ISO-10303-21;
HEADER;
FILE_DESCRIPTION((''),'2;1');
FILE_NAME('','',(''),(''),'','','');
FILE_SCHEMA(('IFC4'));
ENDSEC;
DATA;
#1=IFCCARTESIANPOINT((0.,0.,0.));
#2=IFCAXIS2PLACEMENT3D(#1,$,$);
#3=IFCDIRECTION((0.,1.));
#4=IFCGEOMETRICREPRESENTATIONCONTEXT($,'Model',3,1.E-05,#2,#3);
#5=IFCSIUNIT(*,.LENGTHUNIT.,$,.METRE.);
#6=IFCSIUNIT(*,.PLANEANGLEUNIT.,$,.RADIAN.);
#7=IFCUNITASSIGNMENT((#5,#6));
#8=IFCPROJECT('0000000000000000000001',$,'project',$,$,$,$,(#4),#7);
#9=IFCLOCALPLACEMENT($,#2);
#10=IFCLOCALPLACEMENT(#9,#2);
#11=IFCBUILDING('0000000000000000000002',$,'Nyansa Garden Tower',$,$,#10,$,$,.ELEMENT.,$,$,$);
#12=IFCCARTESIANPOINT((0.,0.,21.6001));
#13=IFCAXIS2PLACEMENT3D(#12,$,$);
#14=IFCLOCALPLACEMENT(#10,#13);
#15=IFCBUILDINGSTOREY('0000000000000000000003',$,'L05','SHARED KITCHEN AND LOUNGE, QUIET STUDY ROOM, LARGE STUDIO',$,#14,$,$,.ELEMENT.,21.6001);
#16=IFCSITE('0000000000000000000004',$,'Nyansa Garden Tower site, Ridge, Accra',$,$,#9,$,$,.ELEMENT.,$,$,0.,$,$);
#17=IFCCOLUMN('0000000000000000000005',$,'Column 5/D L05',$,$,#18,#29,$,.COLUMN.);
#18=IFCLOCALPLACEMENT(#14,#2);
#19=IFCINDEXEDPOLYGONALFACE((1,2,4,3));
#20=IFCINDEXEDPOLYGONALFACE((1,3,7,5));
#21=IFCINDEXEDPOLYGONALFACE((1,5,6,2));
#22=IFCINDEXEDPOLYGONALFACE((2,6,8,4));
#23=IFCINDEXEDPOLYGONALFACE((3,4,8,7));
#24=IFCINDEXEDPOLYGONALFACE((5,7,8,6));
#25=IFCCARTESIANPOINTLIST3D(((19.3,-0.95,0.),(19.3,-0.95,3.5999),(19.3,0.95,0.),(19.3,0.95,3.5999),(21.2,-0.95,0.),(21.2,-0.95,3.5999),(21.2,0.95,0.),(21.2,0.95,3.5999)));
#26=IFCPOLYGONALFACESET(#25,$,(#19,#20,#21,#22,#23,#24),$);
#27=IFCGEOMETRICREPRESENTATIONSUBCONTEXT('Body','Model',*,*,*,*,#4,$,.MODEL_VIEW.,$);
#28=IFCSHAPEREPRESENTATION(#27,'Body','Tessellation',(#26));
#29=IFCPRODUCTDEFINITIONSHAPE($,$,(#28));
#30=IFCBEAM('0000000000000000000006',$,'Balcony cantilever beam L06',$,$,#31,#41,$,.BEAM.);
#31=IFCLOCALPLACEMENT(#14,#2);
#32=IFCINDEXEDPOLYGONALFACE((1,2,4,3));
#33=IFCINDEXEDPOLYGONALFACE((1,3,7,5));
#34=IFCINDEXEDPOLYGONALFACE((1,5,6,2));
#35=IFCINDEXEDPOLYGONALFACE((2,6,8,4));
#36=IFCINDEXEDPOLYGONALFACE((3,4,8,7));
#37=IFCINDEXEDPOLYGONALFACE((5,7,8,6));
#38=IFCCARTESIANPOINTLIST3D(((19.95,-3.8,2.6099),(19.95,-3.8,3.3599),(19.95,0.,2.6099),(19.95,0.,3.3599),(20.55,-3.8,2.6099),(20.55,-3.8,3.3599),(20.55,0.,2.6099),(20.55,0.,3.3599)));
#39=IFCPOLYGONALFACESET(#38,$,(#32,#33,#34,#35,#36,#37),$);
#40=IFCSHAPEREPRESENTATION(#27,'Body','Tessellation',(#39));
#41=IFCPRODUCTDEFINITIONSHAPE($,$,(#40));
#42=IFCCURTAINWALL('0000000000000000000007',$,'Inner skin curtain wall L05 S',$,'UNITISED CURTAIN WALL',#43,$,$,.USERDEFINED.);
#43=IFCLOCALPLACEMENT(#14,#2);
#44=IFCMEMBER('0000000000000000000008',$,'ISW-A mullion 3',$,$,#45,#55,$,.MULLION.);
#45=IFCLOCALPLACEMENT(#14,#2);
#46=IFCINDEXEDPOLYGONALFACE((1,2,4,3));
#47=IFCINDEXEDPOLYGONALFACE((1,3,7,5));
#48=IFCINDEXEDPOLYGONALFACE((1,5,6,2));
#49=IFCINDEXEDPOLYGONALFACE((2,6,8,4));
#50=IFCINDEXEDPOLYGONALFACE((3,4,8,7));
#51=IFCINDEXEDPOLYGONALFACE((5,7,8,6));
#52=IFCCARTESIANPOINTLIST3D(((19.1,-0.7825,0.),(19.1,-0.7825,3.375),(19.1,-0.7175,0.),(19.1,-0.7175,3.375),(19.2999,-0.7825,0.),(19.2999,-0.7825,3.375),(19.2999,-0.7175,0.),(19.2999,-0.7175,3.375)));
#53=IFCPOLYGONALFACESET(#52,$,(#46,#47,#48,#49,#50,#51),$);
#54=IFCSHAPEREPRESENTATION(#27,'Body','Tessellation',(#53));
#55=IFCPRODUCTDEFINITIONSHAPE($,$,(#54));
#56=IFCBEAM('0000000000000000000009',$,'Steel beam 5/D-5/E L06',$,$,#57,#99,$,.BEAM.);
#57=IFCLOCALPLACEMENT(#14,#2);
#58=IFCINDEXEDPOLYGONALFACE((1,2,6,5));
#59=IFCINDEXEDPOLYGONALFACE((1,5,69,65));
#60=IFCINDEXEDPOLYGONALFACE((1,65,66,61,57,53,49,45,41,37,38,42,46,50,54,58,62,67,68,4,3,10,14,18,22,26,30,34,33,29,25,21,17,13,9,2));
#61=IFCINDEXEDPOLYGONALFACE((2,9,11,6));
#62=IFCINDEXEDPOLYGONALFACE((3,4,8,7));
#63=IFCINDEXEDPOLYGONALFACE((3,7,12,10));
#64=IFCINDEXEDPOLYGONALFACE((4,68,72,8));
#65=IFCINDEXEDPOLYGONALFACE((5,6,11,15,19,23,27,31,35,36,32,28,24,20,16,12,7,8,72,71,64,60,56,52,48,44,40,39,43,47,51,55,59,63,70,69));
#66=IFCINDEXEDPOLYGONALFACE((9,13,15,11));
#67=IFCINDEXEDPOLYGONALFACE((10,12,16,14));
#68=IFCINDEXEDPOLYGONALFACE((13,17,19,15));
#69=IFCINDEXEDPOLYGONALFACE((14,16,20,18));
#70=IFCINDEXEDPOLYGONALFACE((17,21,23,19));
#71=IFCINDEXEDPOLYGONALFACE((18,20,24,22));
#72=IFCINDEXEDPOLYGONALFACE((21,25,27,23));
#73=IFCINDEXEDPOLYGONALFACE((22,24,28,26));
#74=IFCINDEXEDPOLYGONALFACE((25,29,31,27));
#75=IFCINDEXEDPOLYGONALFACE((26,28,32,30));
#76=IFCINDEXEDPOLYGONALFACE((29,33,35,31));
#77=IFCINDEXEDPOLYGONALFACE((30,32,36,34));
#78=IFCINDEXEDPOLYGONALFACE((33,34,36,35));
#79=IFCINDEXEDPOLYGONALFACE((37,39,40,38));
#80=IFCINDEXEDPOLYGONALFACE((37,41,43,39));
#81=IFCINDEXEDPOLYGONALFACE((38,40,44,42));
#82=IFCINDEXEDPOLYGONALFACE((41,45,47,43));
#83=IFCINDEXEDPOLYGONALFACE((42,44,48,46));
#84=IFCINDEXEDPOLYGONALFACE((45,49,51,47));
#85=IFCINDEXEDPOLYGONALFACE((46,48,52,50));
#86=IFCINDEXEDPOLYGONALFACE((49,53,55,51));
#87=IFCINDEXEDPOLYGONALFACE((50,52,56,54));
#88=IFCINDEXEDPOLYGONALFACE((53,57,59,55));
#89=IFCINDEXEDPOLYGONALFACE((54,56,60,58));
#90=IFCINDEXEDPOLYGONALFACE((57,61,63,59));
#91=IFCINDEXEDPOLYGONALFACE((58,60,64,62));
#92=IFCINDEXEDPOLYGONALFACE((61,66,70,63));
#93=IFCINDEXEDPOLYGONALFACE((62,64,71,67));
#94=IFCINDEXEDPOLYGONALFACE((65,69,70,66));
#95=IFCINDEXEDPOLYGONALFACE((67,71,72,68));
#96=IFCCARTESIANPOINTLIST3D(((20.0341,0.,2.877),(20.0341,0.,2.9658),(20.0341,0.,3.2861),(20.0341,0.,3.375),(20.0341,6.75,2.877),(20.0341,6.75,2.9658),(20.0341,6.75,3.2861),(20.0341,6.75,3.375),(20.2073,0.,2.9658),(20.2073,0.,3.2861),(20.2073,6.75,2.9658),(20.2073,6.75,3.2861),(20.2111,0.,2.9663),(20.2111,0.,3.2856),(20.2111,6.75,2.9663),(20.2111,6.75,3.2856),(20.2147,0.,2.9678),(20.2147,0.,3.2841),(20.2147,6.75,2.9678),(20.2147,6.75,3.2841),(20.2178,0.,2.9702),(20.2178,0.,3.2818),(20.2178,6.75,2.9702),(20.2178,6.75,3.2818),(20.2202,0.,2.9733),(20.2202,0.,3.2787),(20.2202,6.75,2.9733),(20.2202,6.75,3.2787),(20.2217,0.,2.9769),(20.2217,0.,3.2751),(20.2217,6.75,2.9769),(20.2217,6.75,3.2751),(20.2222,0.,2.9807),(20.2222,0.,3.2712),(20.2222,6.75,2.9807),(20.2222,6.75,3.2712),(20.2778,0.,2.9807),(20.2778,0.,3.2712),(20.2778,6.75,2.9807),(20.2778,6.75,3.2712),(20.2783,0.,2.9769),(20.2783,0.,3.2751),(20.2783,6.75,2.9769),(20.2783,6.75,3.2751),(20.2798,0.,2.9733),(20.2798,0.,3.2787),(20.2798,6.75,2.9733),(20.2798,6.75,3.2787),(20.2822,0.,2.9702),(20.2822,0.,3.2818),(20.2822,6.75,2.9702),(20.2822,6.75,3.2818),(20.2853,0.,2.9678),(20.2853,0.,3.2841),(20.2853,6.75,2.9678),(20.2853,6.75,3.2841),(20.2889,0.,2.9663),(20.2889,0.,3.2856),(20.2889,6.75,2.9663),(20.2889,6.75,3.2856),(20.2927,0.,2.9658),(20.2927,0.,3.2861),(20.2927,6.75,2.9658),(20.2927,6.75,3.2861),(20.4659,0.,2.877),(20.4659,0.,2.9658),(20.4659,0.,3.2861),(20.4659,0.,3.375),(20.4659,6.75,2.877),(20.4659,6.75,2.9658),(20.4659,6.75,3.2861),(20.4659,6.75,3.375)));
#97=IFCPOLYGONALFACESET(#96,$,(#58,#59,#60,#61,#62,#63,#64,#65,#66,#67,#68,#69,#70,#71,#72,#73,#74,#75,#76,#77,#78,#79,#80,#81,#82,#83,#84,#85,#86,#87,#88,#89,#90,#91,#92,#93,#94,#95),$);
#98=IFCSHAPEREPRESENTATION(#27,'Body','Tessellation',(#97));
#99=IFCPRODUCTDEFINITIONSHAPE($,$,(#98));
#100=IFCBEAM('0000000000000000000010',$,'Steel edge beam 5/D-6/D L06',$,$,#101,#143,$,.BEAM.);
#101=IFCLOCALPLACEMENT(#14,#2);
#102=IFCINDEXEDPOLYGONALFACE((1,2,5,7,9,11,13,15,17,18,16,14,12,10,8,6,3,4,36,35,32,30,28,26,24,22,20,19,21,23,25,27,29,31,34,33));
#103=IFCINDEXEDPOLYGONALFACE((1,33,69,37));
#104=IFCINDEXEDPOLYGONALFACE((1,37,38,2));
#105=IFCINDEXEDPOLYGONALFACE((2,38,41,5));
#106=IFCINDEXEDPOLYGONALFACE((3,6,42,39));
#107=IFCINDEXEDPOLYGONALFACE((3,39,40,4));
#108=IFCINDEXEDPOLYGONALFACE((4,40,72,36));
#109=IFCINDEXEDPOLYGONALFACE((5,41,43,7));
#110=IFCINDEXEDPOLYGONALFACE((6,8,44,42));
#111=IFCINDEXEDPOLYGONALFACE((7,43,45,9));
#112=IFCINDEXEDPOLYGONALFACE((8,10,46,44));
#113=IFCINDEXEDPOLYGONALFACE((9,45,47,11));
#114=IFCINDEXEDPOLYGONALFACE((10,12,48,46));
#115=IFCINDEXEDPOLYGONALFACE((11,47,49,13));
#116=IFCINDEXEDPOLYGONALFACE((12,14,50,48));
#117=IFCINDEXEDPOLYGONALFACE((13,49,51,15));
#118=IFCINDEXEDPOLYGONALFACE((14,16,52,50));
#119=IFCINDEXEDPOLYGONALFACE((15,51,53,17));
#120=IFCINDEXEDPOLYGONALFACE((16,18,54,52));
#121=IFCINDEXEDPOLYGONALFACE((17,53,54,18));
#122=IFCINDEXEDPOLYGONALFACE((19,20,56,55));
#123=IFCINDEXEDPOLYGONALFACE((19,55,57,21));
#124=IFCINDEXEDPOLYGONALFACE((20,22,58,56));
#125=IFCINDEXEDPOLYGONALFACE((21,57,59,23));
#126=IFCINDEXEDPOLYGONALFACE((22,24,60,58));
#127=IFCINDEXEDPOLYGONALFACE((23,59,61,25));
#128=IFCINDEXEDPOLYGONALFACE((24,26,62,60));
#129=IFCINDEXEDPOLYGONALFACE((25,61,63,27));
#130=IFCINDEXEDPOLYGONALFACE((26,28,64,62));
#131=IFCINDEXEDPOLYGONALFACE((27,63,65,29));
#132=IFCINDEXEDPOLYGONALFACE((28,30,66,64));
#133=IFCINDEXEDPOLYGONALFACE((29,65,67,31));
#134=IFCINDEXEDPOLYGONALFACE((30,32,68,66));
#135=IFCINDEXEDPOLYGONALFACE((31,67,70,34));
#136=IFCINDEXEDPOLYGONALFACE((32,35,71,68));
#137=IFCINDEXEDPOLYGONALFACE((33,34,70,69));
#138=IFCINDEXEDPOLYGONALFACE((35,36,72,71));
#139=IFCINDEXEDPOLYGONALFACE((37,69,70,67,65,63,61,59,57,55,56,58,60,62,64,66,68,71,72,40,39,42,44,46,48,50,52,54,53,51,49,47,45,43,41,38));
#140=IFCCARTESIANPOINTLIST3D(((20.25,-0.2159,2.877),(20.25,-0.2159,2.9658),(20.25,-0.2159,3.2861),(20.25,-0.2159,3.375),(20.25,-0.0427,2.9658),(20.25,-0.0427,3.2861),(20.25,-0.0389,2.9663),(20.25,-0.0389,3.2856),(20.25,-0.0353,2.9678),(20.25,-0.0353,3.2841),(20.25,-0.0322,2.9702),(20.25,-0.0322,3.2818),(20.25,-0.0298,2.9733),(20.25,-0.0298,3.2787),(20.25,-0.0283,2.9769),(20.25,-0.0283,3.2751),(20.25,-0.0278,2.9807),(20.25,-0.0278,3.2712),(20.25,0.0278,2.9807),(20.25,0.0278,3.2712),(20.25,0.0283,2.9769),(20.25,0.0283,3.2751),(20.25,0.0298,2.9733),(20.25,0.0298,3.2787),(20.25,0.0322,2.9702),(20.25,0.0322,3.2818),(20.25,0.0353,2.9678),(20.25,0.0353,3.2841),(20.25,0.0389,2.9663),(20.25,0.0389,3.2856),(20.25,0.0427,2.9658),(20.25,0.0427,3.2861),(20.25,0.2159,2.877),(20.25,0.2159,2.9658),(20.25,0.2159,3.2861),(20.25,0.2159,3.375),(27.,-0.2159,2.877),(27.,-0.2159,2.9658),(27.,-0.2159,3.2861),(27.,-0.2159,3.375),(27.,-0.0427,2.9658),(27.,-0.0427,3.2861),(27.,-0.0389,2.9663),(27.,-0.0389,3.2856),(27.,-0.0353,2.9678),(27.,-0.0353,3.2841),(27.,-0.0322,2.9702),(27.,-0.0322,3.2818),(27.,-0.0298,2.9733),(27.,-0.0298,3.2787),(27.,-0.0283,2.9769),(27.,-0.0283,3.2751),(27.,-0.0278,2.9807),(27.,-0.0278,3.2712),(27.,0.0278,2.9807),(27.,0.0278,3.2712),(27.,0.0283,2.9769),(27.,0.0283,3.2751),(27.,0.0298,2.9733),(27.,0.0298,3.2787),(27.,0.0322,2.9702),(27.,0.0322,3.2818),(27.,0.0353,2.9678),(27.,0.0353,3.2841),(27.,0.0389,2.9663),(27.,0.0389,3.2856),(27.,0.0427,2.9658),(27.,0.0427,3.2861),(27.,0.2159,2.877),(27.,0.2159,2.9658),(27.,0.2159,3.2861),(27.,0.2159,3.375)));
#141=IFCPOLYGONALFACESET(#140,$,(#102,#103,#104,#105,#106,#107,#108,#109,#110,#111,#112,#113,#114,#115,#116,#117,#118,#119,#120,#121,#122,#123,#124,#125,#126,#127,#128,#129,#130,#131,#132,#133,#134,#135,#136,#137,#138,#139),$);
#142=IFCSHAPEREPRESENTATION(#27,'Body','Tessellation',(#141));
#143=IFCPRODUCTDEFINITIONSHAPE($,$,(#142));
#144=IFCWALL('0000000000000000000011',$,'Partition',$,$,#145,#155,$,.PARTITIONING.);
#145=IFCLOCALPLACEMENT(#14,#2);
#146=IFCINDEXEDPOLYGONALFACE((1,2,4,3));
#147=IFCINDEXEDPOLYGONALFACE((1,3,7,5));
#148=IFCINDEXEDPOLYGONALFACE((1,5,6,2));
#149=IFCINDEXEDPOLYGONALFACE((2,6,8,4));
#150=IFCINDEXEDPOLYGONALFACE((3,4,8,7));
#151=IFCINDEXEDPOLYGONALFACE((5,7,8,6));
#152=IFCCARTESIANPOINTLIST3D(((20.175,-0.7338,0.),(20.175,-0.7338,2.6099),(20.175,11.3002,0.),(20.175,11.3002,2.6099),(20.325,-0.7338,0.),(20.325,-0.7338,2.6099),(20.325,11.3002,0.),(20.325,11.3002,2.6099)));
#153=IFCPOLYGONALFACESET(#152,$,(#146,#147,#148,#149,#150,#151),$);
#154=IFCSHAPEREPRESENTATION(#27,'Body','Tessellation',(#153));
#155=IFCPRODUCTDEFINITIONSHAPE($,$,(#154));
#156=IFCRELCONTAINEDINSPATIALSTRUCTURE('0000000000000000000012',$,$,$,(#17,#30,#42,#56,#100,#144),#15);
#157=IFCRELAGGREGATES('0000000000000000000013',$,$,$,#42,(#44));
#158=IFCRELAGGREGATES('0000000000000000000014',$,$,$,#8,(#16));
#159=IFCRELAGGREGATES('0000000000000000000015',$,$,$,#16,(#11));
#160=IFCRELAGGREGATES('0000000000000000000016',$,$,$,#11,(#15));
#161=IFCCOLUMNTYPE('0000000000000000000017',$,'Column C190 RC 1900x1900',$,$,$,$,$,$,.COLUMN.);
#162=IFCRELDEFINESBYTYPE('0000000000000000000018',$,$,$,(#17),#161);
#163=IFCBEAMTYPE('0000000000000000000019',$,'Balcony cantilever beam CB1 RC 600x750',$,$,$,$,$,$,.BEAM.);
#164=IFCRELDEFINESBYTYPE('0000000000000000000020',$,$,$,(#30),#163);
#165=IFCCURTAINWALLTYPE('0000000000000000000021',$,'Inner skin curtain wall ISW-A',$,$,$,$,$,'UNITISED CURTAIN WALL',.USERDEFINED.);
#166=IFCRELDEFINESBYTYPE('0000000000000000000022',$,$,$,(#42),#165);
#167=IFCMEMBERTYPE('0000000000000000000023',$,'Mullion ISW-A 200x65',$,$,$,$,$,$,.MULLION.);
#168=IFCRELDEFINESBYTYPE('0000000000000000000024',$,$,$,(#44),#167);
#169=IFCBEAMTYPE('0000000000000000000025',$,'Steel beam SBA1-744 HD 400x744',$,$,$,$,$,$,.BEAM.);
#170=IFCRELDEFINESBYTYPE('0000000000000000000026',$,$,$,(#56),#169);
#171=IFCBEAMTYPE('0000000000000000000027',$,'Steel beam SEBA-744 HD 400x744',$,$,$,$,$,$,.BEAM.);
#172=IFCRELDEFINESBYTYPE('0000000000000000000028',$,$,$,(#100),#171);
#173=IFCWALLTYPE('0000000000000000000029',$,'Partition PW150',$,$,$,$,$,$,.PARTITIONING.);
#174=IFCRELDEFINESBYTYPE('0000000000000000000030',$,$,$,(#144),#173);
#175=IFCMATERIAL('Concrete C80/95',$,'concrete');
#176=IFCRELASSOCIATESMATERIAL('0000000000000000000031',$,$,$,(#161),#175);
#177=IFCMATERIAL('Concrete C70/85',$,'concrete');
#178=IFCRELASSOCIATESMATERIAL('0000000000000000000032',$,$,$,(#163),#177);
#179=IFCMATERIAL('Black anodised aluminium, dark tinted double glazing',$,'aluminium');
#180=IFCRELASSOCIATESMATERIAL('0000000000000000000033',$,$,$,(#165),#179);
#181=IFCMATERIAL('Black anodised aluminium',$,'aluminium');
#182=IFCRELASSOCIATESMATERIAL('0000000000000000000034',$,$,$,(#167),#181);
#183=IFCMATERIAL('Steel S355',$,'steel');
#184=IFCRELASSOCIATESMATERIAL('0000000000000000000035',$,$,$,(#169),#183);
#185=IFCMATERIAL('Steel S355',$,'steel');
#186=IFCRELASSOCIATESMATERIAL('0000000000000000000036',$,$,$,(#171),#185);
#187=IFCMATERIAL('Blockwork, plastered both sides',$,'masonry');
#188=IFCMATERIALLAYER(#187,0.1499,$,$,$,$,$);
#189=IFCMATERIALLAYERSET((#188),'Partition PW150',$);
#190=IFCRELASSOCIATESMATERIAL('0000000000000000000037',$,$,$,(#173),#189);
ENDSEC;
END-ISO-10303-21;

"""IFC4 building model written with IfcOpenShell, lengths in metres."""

from ifc_helpers import new_model, si_unit, direction, frame, frame_2d, origin, origin_2d, place, context, subcontext, project, spatial, rectangle, i_section, extrude, material, layer, layer_set, material_profile, profile_set, type_object, element, aggregate, save


model = new_model("IFC4")

# Units and contexts
model_context = context("Model", 3, precision=1e-05, world=origin(), true_north=direction((0.0, 1.0)))
body_context = subcontext(model_context, "Body", "Model", "MODEL_VIEW")
ifc_project = project(units=[si_unit("LENGTHUNIT", "METRE"), si_unit("PLANEANGLEUNIT", "RADIAN")], contexts=[model_context])

# Site, building, storey
site_placement = place(None, origin())
site = spatial("IfcSite", under=ifc_project, at=site_placement, Name="Nyansa Garden Tower site, Ridge, Accra", CompositionType="ELEMENT", RefElevation=0.0)
building_placement = place(site_placement, origin())
building = spatial("IfcBuilding", under=site, at=building_placement, Name="Nyansa Garden Tower", CompositionType="ELEMENT")
storey_placement = place(building_placement, frame((0.0, 0.0, 21.6001)))
storey = spatial("IfcBuildingStorey", under=building, at=storey_placement, Name="L05", Description="SHARED KITCHEN AND LOUNGE, QUIET STUDY ROOM, LARGE STUDIO", CompositionType="ELEMENT", Elevation=21.6001)

# Column
ifc_material_1 = material(Name="Concrete C80/95", Category="concrete")
ifc_material_profile_1 = material_profile(ifc_material_1, rectangle(XDim=1.8999, YDim=1.8999, at=origin_2d()), Name="RC 1900x1900")
ifc_profile_set_1 = profile_set([ifc_material_profile_1], Name="Concrete C80/95")
column_type = type_object("IfcColumnType", Name="Column C190 RC 1900x1900", PredefinedType="COLUMN", material=ifc_profile_set_1)
column_placement = place(storey_placement, frame((20.25, 0.0, 0.0), z_axis=(0.0, 0.0, 1.0), x_axis=(1.0, 0.0, 0.0)))
element("IfcColumn", 1, at=column_placement, inside=storey, type_object=column_type, Name="Column 5/D L05", PredefinedType="COLUMN", context=body_context, shape_type="SweptSolid", body=[
    extrude(rectangle(XDim=1.8999, YDim=1.8999, at=origin_2d()), origin(), (0.0, 0.0, 1.0), 3.5999),
])

# Beam
ifc_material_2 = material(Name="Concrete C70/85", Category="concrete")
ifc_material_profile_2 = material_profile(ifc_material_2, rectangle(XDim=0.6001, YDim=0.75, at=origin_2d()), Name="RC 600x750")
ifc_profile_set_2 = profile_set([ifc_material_profile_2], Name="Concrete C70/85")
beam_type_1 = type_object("IfcBeamType", Name="Balcony cantilever beam CB1 RC 600x750", PredefinedType="BEAM", material=ifc_profile_set_2)
beam_1_placement = place(storey_placement, frame((20.25, 0.0, 2.9849), z_axis=(0.0, -1.0, 0.0), x_axis=(1.0, 0.0, 0.0)))
element("IfcBeam", 2, at=beam_1_placement, inside=storey, type_object=beam_type_1, Name="Balcony cantilever beam L06", PredefinedType="BEAM", context=body_context, shape_type="SweptSolid", body=[
    extrude(rectangle(XDim=0.6001, YDim=0.75, at=origin_2d()), origin(), (0.0, 0.0, 1.0), 3.8),
])

# Curtain wall, member
ifc_material_3 = material(Name="Black anodised aluminium, dark tinted double glazing", Category="aluminium")
curtain_wall_type = type_object("IfcCurtainWallType", Name="Inner skin curtain wall ISW-A", ElementType="UNITISED CURTAIN WALL", PredefinedType="USERDEFINED", material=ifc_material_3)
curtain_wall_placement = place(storey_placement, origin())
curtain_wall = element("IfcCurtainWall", 3, at=curtain_wall_placement, inside=storey, type_object=curtain_wall_type, Name="Inner skin curtain wall L05 S", ObjectType="UNITISED CURTAIN WALL", PredefinedType="USERDEFINED")
ifc_material_4 = material(Name="Black anodised aluminium", Category="aluminium")
ifc_material_profile_3 = material_profile(ifc_material_4, rectangle(XDim=0.0649, YDim=0.2, at=origin_2d()), Name="Mullion 200x65")
ifc_profile_set_3 = profile_set([ifc_material_profile_3], Name="Black anodised aluminium")
member_type = type_object("IfcMemberType", Name="Mullion ISW-A 200x65", PredefinedType="MULLION", material=ifc_profile_set_3)
member_placement = place(storey_placement, frame((19.2, -0.75, 0.0), z_axis=(0.0, 0.0, 1.0), x_axis=(0.0, 1.0, 0.0)))
member = element("IfcMember", 4, at=member_placement, type_object=member_type, Name="ISW-A mullion 3", PredefinedType="MULLION", context=body_context, shape_type="SweptSolid", body=[
    extrude(rectangle(XDim=0.0649, YDim=0.2, at=origin_2d()), origin(), (0.0, 0.0, 1.0), 3.375),
])
aggregate(curtain_wall, [member])

# Beams
ifc_material_5 = material(Name="Steel S355", Category="steel")
ifc_material_profile_4 = material_profile(ifc_material_5, i_section(OverallWidth=0.4319, OverallDepth=0.498, WebThickness=0.0557, FlangeThickness=0.0889, FilletRadius=0.0149, at=origin_2d()), Name="HD 400x744")
ifc_profile_set_4 = profile_set([ifc_material_profile_4], Name="Steel S355")
beam_type_2 = type_object("IfcBeamType", Name="Steel beam SBA1-744 HD 400x744", PredefinedType="BEAM", material=ifc_profile_set_4)
beam_2_placement = place(storey_placement, frame((20.25, 0.0, 3.126), z_axis=(0.0, 1.0, 0.0), x_axis=(-1.0, 0.0, 0.0)))
element("IfcBeam", 5, at=beam_2_placement, inside=storey, type_object=beam_type_2, Name="Steel beam 5/D-5/E L06", PredefinedType="BEAM", context=body_context, shape_type="SweptSolid", body=[
    extrude(i_section(OverallWidth=0.4319, OverallDepth=0.498, WebThickness=0.0557, FlangeThickness=0.0889, FilletRadius=0.0149, at=origin_2d()), origin(), (0.0, 0.0, 1.0), 6.75),
])
ifc_material_6 = material(Name="Steel S355", Category="steel")
ifc_material_profile_5 = material_profile(ifc_material_6, i_section(OverallWidth=0.4319, OverallDepth=0.498, WebThickness=0.0557, FlangeThickness=0.0889, FilletRadius=0.0149, at=origin_2d()), Name="HD 400x744")
ifc_profile_set_5 = profile_set([ifc_material_profile_5], Name="Steel S355")
beam_type_3 = type_object("IfcBeamType", Name="Steel beam SEBA-744 HD 400x744", PredefinedType="BEAM", material=ifc_profile_set_5)
beam_3_placement = place(storey_placement, frame((20.25, 0.0, 3.126), z_axis=(1.0, 0.0, 0.0), x_axis=(0.0, 1.0, 0.0)))
element("IfcBeam", 6, at=beam_3_placement, inside=storey, type_object=beam_type_3, Name="Steel edge beam 5/D-6/D L06", PredefinedType="BEAM", context=body_context, shape_type="SweptSolid", body=[
    extrude(i_section(OverallWidth=0.4319, OverallDepth=0.498, WebThickness=0.0557, FlangeThickness=0.0889, FilletRadius=0.0149, at=origin_2d()), origin(), (0.0, 0.0, 1.0), 6.75),
])

# Wall
ifc_material_7 = material(Name="Blockwork, plastered both sides", Category="masonry")
ifc_layer_1 = layer(ifc_material_7, 0.1499)
ifc_layer_set_1 = layer_set([ifc_layer_1], Name="Partition PW150")
wall_type_1 = type_object("IfcWallType", Name="Partition PW150", PredefinedType="PARTITIONING", material=ifc_layer_set_1)
wall_1_placement = place(storey_placement, frame((20.25, -0.7339, 0.0), z_axis=(0.0, 0.0, 1.0), x_axis=(0.0, 1.0, 0.0)))
element("IfcWall", 7, at=wall_1_placement, inside=storey, type_object=wall_type_1, Name="Partition", PredefinedType="PARTITIONING", context=body_context, shape_type="SweptSolid", body=[
    extrude(rectangle(XDim=12.0339, YDim=0.1499, at=frame_2d((6.0171, 0.0))), origin(), (0.0, 0.0, 1.0), 2.6099),
])

save(model, "model.ifc")
